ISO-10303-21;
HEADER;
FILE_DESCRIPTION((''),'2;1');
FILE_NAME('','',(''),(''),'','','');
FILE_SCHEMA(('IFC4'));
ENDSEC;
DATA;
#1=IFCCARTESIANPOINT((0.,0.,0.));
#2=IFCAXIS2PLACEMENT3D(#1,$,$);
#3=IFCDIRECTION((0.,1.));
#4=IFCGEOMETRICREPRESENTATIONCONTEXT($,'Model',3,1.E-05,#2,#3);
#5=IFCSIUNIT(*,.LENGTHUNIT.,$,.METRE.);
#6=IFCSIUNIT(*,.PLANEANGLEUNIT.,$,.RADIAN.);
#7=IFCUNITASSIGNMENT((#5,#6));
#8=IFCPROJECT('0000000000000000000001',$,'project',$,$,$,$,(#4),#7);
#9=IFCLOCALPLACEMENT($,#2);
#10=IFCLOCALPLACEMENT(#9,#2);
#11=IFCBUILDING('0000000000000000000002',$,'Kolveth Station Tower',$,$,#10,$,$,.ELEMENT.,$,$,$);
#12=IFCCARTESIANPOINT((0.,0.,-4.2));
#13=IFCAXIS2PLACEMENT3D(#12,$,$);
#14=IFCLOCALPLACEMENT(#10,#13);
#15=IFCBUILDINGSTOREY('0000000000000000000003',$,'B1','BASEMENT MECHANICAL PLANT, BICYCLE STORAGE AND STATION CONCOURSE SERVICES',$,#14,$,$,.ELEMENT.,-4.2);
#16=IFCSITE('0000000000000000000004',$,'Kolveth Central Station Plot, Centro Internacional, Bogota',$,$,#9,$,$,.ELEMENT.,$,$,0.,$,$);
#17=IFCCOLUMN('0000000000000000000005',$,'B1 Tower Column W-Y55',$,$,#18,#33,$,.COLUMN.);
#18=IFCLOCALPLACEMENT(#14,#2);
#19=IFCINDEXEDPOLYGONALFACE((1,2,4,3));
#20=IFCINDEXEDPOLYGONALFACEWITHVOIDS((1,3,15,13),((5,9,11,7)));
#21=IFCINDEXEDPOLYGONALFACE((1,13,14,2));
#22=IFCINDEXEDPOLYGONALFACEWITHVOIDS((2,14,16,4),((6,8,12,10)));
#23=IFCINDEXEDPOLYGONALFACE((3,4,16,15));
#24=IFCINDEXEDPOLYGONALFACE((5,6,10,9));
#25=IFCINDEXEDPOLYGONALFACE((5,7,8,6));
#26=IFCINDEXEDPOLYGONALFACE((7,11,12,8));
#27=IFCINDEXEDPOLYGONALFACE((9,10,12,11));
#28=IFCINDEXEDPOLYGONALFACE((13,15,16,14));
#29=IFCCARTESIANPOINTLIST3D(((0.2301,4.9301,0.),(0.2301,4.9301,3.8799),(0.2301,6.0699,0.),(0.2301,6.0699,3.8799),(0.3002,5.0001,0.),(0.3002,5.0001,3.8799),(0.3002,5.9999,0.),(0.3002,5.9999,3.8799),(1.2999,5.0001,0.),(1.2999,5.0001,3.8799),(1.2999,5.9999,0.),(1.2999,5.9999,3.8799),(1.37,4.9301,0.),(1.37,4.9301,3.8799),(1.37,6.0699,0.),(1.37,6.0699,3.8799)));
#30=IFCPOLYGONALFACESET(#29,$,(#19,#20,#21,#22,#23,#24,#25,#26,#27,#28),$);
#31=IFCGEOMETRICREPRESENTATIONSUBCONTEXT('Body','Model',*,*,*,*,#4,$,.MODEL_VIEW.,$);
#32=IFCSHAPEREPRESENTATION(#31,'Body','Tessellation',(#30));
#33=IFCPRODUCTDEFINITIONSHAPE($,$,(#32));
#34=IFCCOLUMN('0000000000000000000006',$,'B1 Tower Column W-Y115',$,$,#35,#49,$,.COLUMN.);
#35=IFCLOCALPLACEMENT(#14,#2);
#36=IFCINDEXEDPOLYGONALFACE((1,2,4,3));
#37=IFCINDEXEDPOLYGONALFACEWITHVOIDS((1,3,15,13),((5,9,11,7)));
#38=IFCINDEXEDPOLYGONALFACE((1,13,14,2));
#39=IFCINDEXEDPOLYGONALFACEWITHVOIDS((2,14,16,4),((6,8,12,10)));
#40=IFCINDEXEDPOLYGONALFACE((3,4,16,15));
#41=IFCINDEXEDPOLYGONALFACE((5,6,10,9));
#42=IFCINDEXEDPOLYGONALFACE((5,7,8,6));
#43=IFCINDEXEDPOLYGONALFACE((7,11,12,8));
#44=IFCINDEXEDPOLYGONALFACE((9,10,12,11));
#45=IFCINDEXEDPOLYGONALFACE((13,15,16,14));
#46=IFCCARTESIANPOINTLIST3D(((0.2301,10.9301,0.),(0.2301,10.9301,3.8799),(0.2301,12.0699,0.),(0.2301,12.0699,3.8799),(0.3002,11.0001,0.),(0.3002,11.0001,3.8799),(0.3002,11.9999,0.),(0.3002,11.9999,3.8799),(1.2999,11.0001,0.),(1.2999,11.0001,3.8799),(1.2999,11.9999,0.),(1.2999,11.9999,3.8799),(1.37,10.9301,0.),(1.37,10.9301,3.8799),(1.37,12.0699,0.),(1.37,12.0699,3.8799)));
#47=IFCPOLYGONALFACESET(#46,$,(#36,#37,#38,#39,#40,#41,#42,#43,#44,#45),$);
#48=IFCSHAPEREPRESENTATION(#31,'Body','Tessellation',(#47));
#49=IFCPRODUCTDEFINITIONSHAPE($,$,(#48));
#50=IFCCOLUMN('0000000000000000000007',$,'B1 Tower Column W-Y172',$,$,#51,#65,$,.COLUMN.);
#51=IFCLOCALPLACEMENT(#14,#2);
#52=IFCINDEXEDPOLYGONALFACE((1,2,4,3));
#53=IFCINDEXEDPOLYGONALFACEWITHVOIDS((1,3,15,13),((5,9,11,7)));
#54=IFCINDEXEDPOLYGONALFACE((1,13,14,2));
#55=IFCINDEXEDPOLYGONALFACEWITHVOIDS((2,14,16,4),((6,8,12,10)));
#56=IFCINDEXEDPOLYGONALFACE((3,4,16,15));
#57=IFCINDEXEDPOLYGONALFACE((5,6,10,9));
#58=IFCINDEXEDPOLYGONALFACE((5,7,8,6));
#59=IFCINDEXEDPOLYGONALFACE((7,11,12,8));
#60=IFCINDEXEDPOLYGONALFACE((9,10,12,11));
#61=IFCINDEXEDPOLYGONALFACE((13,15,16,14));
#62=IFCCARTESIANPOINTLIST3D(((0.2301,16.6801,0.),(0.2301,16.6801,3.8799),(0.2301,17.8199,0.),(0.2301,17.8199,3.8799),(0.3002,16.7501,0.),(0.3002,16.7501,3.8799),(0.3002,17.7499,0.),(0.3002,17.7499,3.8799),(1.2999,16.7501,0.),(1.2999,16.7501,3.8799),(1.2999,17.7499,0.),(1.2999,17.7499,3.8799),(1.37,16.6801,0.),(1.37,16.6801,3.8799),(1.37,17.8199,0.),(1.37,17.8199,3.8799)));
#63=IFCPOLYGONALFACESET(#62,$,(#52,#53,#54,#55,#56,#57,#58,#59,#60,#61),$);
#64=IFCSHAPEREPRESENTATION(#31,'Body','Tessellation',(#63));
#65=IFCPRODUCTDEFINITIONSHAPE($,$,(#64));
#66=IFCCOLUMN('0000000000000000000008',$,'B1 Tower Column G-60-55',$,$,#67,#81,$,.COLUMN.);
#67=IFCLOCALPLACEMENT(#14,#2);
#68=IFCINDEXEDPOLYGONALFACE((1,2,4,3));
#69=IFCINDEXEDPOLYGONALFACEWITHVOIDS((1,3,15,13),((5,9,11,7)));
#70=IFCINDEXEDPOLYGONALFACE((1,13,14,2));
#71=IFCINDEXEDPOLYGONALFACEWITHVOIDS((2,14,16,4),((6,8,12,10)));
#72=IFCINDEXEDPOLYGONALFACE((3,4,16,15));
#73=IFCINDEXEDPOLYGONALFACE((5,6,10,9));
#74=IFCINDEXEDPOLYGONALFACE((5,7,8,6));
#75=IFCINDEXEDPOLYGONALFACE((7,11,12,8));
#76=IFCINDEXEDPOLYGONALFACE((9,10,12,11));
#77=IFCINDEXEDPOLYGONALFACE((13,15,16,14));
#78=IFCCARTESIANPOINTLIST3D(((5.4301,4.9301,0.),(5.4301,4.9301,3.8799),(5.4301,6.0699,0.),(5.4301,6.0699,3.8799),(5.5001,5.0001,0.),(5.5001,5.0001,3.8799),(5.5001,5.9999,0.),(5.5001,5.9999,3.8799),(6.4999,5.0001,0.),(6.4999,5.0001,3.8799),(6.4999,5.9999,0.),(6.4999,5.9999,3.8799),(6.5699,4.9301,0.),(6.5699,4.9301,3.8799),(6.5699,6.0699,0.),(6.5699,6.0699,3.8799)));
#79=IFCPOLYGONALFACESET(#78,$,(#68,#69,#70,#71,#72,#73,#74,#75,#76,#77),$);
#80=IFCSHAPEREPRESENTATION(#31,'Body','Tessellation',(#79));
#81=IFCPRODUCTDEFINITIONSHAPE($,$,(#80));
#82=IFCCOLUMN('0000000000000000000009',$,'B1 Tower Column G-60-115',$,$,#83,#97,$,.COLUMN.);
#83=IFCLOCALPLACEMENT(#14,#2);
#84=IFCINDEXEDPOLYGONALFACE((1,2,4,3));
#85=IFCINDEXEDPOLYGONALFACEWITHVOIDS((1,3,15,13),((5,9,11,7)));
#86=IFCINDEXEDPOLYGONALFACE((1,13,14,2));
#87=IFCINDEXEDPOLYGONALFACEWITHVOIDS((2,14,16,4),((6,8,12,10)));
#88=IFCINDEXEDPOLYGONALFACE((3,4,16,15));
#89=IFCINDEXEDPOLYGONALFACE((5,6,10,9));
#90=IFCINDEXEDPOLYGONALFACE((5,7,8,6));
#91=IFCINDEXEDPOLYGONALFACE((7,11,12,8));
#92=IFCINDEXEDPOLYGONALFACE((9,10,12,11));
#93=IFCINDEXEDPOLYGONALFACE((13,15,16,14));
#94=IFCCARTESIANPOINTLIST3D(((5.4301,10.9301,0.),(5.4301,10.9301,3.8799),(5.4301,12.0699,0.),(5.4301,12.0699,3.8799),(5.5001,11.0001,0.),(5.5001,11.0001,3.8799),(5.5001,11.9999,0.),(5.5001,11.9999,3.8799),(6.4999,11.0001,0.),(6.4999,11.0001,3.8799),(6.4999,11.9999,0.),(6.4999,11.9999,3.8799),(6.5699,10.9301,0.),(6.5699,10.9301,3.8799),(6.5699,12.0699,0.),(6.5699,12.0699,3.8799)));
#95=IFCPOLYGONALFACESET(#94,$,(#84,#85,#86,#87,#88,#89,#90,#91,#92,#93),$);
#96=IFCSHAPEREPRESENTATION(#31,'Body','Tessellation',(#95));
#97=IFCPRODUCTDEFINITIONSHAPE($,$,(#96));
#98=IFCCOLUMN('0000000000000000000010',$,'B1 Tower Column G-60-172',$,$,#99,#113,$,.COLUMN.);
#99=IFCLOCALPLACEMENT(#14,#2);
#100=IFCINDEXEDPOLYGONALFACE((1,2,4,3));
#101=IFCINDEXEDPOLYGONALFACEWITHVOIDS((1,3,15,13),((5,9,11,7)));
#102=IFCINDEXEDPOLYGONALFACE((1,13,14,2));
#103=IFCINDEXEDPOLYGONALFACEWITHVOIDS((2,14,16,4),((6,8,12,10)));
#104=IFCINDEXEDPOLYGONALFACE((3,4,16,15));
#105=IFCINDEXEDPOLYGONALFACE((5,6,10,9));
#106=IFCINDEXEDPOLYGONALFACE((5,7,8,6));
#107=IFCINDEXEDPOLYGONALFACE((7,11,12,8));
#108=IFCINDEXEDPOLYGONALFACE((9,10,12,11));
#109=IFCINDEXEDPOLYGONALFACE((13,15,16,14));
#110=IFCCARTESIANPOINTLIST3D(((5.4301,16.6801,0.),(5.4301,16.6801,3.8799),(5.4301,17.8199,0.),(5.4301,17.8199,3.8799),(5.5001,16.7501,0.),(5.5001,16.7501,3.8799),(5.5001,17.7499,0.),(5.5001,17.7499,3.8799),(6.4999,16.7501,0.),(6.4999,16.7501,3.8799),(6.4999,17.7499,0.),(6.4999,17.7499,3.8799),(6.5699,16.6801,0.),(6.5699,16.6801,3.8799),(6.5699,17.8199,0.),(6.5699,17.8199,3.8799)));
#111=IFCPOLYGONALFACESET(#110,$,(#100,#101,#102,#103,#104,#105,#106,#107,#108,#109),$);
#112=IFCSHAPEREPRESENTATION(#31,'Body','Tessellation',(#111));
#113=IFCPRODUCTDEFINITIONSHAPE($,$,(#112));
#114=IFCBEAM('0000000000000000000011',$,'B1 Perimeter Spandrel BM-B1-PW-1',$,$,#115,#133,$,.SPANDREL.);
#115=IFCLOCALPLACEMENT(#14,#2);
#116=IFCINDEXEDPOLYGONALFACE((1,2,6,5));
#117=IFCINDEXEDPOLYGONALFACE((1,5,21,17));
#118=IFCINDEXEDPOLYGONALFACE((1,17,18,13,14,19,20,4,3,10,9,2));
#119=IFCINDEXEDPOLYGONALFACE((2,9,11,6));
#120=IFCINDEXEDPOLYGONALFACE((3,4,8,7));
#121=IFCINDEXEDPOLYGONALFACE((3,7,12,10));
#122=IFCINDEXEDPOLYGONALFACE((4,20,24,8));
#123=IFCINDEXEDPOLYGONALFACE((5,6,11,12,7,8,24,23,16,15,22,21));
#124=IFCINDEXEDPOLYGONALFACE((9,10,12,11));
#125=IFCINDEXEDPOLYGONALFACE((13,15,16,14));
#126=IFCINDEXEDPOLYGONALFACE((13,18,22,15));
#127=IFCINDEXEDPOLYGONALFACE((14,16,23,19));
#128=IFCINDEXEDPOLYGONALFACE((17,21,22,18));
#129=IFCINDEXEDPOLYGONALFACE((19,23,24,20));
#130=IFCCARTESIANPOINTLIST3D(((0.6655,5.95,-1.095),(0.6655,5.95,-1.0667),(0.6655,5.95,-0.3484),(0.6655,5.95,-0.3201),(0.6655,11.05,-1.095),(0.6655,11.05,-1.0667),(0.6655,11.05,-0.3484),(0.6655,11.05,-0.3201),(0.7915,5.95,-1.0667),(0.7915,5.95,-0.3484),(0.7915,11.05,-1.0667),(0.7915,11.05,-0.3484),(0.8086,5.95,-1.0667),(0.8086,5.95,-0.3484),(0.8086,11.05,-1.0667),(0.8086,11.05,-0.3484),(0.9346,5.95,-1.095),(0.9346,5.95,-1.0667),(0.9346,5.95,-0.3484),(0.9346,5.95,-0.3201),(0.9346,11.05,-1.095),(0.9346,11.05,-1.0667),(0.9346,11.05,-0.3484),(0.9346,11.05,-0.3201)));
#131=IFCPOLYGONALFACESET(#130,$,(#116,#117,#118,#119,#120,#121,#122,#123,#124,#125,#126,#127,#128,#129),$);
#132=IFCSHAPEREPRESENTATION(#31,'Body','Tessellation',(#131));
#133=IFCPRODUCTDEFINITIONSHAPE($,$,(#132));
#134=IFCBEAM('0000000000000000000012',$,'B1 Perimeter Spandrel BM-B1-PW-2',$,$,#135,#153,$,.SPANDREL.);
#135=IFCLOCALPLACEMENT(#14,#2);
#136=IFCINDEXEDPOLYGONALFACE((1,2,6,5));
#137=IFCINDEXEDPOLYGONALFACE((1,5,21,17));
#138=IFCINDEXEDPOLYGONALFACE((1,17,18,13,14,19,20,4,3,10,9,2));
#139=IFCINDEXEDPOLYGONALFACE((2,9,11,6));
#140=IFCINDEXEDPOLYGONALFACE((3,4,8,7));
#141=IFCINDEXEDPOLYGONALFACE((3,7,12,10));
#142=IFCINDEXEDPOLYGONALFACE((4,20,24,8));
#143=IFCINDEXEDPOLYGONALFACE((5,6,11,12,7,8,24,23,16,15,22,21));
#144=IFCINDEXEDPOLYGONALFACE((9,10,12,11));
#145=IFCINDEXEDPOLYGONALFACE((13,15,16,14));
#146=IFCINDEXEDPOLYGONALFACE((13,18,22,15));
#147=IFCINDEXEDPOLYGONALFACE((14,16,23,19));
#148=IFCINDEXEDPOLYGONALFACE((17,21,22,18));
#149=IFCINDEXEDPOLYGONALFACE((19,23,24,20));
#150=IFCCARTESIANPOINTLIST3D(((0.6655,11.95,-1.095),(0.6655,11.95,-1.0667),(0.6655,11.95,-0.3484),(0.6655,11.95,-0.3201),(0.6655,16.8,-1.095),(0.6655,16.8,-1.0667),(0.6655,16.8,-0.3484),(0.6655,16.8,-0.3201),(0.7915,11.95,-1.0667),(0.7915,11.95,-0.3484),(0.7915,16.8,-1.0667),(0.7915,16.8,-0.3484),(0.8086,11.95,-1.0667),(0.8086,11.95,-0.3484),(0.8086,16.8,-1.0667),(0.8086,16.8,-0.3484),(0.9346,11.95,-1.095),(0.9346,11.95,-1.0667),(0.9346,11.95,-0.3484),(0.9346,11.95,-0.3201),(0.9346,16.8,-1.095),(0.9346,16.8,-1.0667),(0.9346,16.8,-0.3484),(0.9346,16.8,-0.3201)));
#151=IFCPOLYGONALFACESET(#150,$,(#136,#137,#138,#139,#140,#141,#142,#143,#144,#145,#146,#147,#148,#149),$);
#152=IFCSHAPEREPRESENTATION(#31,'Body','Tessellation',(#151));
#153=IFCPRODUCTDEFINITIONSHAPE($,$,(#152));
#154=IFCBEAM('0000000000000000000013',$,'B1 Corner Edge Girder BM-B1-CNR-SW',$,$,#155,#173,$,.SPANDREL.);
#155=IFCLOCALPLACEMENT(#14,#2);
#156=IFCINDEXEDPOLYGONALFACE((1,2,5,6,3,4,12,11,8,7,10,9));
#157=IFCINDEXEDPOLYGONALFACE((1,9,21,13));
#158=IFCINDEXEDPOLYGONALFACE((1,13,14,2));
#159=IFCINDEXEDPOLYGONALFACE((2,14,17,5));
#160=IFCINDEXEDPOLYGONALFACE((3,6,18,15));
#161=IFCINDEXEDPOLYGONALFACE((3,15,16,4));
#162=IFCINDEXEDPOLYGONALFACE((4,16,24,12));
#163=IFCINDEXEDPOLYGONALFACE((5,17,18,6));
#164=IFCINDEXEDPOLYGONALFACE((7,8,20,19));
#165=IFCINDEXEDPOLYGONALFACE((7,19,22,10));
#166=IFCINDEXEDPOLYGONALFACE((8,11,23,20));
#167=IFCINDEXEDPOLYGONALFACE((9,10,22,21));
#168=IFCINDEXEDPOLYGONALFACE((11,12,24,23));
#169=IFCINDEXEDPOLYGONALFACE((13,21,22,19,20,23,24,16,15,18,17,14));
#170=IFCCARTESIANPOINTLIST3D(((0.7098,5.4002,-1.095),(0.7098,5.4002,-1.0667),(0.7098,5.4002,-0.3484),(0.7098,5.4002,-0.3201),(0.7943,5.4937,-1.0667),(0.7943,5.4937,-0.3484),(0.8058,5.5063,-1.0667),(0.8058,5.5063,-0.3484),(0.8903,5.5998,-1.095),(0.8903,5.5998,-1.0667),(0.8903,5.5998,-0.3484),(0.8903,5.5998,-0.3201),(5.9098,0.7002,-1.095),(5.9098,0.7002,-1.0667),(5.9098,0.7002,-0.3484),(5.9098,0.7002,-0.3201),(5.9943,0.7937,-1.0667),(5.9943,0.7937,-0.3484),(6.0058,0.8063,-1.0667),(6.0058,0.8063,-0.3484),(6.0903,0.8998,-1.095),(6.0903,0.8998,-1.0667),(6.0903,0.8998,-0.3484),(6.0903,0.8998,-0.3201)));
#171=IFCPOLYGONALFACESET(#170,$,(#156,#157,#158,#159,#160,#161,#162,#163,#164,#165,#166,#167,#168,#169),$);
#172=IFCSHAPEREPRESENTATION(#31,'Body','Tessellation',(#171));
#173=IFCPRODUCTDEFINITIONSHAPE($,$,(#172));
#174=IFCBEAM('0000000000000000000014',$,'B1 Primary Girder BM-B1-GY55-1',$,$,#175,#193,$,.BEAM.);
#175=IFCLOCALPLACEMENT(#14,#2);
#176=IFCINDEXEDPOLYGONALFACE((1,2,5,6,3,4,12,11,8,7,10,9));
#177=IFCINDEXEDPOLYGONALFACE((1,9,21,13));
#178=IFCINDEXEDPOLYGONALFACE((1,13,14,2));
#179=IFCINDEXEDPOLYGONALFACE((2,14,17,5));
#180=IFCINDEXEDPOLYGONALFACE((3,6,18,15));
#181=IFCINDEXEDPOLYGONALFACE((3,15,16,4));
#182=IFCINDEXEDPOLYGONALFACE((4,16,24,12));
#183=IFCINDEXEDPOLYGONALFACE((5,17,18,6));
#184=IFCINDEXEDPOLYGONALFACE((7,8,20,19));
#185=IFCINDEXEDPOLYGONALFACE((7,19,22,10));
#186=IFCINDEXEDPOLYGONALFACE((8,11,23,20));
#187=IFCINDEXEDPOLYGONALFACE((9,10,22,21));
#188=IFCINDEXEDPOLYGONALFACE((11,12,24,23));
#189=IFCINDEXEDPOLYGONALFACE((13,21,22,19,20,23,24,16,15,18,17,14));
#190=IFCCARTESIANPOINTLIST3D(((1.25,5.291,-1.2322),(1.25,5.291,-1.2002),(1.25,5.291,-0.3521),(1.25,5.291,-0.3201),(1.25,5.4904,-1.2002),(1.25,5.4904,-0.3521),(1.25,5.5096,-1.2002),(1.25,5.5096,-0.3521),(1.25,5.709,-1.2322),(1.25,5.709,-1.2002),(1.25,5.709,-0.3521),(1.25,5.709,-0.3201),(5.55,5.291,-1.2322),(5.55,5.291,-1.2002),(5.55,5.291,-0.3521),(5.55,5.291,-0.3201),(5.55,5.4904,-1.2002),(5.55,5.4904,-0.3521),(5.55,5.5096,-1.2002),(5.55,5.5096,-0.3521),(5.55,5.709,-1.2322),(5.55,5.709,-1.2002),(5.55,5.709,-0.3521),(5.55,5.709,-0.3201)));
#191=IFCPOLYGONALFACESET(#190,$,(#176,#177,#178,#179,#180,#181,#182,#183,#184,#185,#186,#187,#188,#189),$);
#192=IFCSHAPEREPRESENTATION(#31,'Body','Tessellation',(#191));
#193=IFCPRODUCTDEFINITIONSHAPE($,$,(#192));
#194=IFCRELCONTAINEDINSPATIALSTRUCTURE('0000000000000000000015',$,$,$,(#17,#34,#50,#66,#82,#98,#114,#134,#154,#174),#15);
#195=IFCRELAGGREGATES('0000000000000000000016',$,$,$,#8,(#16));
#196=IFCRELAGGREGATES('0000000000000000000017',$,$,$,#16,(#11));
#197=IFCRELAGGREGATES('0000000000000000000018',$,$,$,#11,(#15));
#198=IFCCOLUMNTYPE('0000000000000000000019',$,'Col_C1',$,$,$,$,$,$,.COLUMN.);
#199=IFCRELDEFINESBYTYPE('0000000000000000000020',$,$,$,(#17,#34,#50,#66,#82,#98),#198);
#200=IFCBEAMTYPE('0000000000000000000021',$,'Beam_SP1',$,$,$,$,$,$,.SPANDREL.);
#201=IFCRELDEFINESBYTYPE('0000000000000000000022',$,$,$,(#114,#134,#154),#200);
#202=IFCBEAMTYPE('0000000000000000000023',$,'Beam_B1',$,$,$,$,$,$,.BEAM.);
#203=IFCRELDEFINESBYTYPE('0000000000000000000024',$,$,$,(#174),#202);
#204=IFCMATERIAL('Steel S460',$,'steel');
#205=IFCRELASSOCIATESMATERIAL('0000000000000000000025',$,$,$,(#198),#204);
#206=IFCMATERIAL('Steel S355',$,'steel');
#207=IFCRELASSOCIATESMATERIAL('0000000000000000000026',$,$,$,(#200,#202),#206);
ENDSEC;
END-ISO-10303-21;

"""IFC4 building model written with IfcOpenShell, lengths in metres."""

from ifc_helpers import new_model, si_unit, direction, frame, origin, origin_2d, place, context, subcontext, project, spatial, hollow_rectangle, i_section, extrude, source, transform, mapped, material, material_profile, profile_set, type_object, element, save


model = new_model("IFC4")

# Units and contexts
model_context = context("Model", 3, precision=1e-05, world=origin(), true_north=direction((0.0, 1.0)))
body_context = subcontext(model_context, "Body", "Model", "MODEL_VIEW")
ifc_project = project(units=[si_unit("LENGTHUNIT", "METRE"), si_unit("PLANEANGLEUNIT", "RADIAN")], contexts=[model_context])

# Site, building, storey
site_placement = place(None, origin())
site = spatial("IfcSite", under=ifc_project, at=site_placement, Name="Kolveth Central Station Plot, Centro Internacional, Bogota", CompositionType="ELEMENT", RefElevation=0.0)
building_placement = place(site_placement, origin())
building = spatial("IfcBuilding", under=site, at=building_placement, Name="Kolveth Station Tower", CompositionType="ELEMENT")
storey_placement = place(building_placement, frame((0.0, 0.0, -4.2)))
storey = spatial("IfcBuildingStorey", under=building, at=storey_placement, Name="B1", Description="BASEMENT MECHANICAL PLANT, BICYCLE STORAGE AND STATION CONCOURSE SERVICES", CompositionType="ELEMENT", Elevation=-4.2)

# Columns
ifc_material_1 = material(Name="Steel S460", Category="steel")
ifc_material_profile_1 = material_profile(ifc_material_1, hollow_rectangle(XDim=1.1399, YDim=1.1399, WallThickness=0.0701, at=origin_2d()), Name="BOX1140x1140x70")
ifc_profile_set_1 = profile_set([ifc_material_profile_1], Name="Steel S460")
column_type = type_object("IfcColumnType", Name="Col_C1", PredefinedType="COLUMN", material=ifc_profile_set_1)
shared_shape_1 = source(origin(), body_context, "Body", "SweptSolid", [
    extrude(hollow_rectangle(XDim=1.1399, YDim=1.1399, WallThickness=0.0701, at=origin_2d()), origin(), (0.0, 0.0, 1.0), 3.8799),
])
for number, where, z_axis, x_axis, name in (
    (1, (0.8, 5.5, 0.0), (0.0, 0.0, 1.0), (1.0, 0.0, 0.0), "B1 Tower Column W-Y55"),
    (2, (0.8, 11.5, 0.0), (0.0, 0.0, 1.0), (1.0, 0.0, 0.0), "B1 Tower Column W-Y115"),
    (3, (0.8, 17.25, 0.0), (0.0, 0.0, 1.0), (1.0, 0.0, 0.0), "B1 Tower Column W-Y172"),
    (4, (6.0, 5.5, 0.0), (0.0, 0.0, 1.0), (1.0, 0.0, 0.0), "B1 Tower Column G-60-55"),
    (5, (6.0, 11.5, 0.0), (0.0, 0.0, 1.0), (1.0, 0.0, 0.0), "B1 Tower Column G-60-115"),
    (6, (6.0, 17.25, 0.0), (0.0, 0.0, 1.0), (1.0, 0.0, 0.0), "B1 Tower Column G-60-172"),
):
    element("IfcColumn", number, at=place(storey_placement, frame(where, z_axis=z_axis, x_axis=x_axis)), inside=storey, type_object=column_type, Name=name, PredefinedType="COLUMN", context=body_context, shape_type="MappedRepresentation", body=[
        mapped(shared_shape_1, transform((0.0, 0.0, 0.0), x_axis=(1.0, 0.0, 0.0), y_axis=(0.0, 1.0, 0.0), z_axis=(0.0, 0.0, 1.0), scale=1.0)),
    ])

# Beams
ifc_material_2 = material(Name="Steel S355", Category="steel")
ifc_material_profile_2 = material_profile(ifc_material_2, i_section(OverallWidth=0.269, OverallDepth=0.7749, WebThickness=0.0171, FlangeThickness=0.0283, at=origin_2d()), Name="W760x220")
ifc_profile_set_2 = profile_set([ifc_material_profile_2], Name="Steel S355")
beam_type_1 = type_object("IfcBeamType", Name="Beam_SP1", PredefinedType="SPANDREL", material=ifc_profile_set_2)
shared_shape_2 = source(origin(), body_context, "Body", "SweptSolid", [
    extrude(i_section(OverallWidth=0.269, OverallDepth=0.7749, WebThickness=0.0171, FlangeThickness=0.0283, at=origin_2d()), origin(), (0.0, 0.0, 1.0), 5.1001),
])
beam_1_placement = place(storey_placement, frame((0.8, 5.95, -0.7075), z_axis=(0.0, 1.0, 0.0), x_axis=(-1.0, 0.0, 0.0)))
element("IfcBeam", 7, at=beam_1_placement, inside=storey, type_object=beam_type_1, Name="B1 Perimeter Spandrel BM-B1-PW-1", PredefinedType="SPANDREL", context=body_context, shape_type="MappedRepresentation", body=[
    mapped(shared_shape_2, transform((0.0, 0.0, 0.0), x_axis=(1.0, 0.0, 0.0), y_axis=(0.0, 1.0, 0.0), z_axis=(0.0, 0.0, 1.0), scale=1.0)),
])
shared_shape_3 = source(origin(), body_context, "Body", "SweptSolid", [
    extrude(i_section(OverallWidth=0.269, OverallDepth=0.7749, WebThickness=0.0171, FlangeThickness=0.0283, at=origin_2d()), origin(), (0.0, 0.0, 1.0), 4.8501),
])
beam_2_placement = place(storey_placement, frame((0.8, 11.95, -0.7075), z_axis=(0.0, 1.0, 0.0), x_axis=(-1.0, 0.0, 0.0)))
element("IfcBeam", 8, at=beam_2_placement, inside=storey, type_object=beam_type_1, Name="B1 Perimeter Spandrel BM-B1-PW-2", PredefinedType="SPANDREL", context=body_context, shape_type="MappedRepresentation", body=[
    mapped(shared_shape_3, transform((0.0, 0.0, 0.0), x_axis=(1.0, 0.0, 0.0), y_axis=(0.0, 1.0, 0.0), z_axis=(0.0, 0.0, 1.0), scale=1.0)),
])
shared_shape_4 = source(origin(), body_context, "Body", "SweptSolid", [
    extrude(i_section(OverallWidth=0.269, OverallDepth=0.7749, WebThickness=0.0171, FlangeThickness=0.0283, at=origin_2d()), origin(), (0.0, 0.0, 1.0), 7.0093),
])
beam_3_placement = place(storey_placement, frame((0.8, 5.5, -0.7075), z_axis=(0.741874, -0.670539, 0.0), x_axis=(0.670539, 0.741874, 0.0)))
element("IfcBeam", 9, at=beam_3_placement, inside=storey, type_object=beam_type_1, Name="B1 Corner Edge Girder BM-B1-CNR-SW", PredefinedType="SPANDREL", context=body_context, shape_type="MappedRepresentation", body=[
    mapped(shared_shape_4, transform((0.0, 0.0, 0.0), x_axis=(1.0, 0.0, 0.0), y_axis=(0.0, 1.0, 0.0), z_axis=(0.0, 0.0, 1.0), scale=1.0)),
])
ifc_material_profile_3 = material_profile(ifc_material_2, i_section(OverallWidth=0.418, OverallDepth=0.9121, WebThickness=0.0193, FlangeThickness=0.032, at=origin_2d()), Name="W920x342")
ifc_profile_set_3 = profile_set([ifc_material_profile_3], Name="Steel S355")
beam_type_2 = type_object("IfcBeamType", Name="Beam_B1", PredefinedType="BEAM", material=ifc_profile_set_3)
shared_shape_5 = source(origin(), body_context, "Body", "SweptSolid", [
    extrude(i_section(OverallWidth=0.418, OverallDepth=0.9121, WebThickness=0.0193, FlangeThickness=0.032, at=origin_2d()), origin(), (0.0, 0.0, 1.0), 4.3),
])
for number, where, z_axis, x_axis, name in (
    (10, (1.25, 5.5, -0.7761), (1.0, 0.0, 0.0), (0.0, 1.0, 0.0), "B1 Primary Girder BM-B1-GY55-1"),
):
    element("IfcBeam", number, at=place(storey_placement, frame(where, z_axis=z_axis, x_axis=x_axis)), inside=storey, type_object=beam_type_2, Name=name, PredefinedType="BEAM", context=body_context, shape_type="MappedRepresentation", body=[
        mapped(shared_shape_5, transform((0.0, 0.0, 0.0), x_axis=(1.0, 0.0, 0.0), y_axis=(0.0, 1.0, 0.0), z_axis=(0.0, 0.0, 1.0), scale=1.0)),
    ])

save(model, "model.ifc")
